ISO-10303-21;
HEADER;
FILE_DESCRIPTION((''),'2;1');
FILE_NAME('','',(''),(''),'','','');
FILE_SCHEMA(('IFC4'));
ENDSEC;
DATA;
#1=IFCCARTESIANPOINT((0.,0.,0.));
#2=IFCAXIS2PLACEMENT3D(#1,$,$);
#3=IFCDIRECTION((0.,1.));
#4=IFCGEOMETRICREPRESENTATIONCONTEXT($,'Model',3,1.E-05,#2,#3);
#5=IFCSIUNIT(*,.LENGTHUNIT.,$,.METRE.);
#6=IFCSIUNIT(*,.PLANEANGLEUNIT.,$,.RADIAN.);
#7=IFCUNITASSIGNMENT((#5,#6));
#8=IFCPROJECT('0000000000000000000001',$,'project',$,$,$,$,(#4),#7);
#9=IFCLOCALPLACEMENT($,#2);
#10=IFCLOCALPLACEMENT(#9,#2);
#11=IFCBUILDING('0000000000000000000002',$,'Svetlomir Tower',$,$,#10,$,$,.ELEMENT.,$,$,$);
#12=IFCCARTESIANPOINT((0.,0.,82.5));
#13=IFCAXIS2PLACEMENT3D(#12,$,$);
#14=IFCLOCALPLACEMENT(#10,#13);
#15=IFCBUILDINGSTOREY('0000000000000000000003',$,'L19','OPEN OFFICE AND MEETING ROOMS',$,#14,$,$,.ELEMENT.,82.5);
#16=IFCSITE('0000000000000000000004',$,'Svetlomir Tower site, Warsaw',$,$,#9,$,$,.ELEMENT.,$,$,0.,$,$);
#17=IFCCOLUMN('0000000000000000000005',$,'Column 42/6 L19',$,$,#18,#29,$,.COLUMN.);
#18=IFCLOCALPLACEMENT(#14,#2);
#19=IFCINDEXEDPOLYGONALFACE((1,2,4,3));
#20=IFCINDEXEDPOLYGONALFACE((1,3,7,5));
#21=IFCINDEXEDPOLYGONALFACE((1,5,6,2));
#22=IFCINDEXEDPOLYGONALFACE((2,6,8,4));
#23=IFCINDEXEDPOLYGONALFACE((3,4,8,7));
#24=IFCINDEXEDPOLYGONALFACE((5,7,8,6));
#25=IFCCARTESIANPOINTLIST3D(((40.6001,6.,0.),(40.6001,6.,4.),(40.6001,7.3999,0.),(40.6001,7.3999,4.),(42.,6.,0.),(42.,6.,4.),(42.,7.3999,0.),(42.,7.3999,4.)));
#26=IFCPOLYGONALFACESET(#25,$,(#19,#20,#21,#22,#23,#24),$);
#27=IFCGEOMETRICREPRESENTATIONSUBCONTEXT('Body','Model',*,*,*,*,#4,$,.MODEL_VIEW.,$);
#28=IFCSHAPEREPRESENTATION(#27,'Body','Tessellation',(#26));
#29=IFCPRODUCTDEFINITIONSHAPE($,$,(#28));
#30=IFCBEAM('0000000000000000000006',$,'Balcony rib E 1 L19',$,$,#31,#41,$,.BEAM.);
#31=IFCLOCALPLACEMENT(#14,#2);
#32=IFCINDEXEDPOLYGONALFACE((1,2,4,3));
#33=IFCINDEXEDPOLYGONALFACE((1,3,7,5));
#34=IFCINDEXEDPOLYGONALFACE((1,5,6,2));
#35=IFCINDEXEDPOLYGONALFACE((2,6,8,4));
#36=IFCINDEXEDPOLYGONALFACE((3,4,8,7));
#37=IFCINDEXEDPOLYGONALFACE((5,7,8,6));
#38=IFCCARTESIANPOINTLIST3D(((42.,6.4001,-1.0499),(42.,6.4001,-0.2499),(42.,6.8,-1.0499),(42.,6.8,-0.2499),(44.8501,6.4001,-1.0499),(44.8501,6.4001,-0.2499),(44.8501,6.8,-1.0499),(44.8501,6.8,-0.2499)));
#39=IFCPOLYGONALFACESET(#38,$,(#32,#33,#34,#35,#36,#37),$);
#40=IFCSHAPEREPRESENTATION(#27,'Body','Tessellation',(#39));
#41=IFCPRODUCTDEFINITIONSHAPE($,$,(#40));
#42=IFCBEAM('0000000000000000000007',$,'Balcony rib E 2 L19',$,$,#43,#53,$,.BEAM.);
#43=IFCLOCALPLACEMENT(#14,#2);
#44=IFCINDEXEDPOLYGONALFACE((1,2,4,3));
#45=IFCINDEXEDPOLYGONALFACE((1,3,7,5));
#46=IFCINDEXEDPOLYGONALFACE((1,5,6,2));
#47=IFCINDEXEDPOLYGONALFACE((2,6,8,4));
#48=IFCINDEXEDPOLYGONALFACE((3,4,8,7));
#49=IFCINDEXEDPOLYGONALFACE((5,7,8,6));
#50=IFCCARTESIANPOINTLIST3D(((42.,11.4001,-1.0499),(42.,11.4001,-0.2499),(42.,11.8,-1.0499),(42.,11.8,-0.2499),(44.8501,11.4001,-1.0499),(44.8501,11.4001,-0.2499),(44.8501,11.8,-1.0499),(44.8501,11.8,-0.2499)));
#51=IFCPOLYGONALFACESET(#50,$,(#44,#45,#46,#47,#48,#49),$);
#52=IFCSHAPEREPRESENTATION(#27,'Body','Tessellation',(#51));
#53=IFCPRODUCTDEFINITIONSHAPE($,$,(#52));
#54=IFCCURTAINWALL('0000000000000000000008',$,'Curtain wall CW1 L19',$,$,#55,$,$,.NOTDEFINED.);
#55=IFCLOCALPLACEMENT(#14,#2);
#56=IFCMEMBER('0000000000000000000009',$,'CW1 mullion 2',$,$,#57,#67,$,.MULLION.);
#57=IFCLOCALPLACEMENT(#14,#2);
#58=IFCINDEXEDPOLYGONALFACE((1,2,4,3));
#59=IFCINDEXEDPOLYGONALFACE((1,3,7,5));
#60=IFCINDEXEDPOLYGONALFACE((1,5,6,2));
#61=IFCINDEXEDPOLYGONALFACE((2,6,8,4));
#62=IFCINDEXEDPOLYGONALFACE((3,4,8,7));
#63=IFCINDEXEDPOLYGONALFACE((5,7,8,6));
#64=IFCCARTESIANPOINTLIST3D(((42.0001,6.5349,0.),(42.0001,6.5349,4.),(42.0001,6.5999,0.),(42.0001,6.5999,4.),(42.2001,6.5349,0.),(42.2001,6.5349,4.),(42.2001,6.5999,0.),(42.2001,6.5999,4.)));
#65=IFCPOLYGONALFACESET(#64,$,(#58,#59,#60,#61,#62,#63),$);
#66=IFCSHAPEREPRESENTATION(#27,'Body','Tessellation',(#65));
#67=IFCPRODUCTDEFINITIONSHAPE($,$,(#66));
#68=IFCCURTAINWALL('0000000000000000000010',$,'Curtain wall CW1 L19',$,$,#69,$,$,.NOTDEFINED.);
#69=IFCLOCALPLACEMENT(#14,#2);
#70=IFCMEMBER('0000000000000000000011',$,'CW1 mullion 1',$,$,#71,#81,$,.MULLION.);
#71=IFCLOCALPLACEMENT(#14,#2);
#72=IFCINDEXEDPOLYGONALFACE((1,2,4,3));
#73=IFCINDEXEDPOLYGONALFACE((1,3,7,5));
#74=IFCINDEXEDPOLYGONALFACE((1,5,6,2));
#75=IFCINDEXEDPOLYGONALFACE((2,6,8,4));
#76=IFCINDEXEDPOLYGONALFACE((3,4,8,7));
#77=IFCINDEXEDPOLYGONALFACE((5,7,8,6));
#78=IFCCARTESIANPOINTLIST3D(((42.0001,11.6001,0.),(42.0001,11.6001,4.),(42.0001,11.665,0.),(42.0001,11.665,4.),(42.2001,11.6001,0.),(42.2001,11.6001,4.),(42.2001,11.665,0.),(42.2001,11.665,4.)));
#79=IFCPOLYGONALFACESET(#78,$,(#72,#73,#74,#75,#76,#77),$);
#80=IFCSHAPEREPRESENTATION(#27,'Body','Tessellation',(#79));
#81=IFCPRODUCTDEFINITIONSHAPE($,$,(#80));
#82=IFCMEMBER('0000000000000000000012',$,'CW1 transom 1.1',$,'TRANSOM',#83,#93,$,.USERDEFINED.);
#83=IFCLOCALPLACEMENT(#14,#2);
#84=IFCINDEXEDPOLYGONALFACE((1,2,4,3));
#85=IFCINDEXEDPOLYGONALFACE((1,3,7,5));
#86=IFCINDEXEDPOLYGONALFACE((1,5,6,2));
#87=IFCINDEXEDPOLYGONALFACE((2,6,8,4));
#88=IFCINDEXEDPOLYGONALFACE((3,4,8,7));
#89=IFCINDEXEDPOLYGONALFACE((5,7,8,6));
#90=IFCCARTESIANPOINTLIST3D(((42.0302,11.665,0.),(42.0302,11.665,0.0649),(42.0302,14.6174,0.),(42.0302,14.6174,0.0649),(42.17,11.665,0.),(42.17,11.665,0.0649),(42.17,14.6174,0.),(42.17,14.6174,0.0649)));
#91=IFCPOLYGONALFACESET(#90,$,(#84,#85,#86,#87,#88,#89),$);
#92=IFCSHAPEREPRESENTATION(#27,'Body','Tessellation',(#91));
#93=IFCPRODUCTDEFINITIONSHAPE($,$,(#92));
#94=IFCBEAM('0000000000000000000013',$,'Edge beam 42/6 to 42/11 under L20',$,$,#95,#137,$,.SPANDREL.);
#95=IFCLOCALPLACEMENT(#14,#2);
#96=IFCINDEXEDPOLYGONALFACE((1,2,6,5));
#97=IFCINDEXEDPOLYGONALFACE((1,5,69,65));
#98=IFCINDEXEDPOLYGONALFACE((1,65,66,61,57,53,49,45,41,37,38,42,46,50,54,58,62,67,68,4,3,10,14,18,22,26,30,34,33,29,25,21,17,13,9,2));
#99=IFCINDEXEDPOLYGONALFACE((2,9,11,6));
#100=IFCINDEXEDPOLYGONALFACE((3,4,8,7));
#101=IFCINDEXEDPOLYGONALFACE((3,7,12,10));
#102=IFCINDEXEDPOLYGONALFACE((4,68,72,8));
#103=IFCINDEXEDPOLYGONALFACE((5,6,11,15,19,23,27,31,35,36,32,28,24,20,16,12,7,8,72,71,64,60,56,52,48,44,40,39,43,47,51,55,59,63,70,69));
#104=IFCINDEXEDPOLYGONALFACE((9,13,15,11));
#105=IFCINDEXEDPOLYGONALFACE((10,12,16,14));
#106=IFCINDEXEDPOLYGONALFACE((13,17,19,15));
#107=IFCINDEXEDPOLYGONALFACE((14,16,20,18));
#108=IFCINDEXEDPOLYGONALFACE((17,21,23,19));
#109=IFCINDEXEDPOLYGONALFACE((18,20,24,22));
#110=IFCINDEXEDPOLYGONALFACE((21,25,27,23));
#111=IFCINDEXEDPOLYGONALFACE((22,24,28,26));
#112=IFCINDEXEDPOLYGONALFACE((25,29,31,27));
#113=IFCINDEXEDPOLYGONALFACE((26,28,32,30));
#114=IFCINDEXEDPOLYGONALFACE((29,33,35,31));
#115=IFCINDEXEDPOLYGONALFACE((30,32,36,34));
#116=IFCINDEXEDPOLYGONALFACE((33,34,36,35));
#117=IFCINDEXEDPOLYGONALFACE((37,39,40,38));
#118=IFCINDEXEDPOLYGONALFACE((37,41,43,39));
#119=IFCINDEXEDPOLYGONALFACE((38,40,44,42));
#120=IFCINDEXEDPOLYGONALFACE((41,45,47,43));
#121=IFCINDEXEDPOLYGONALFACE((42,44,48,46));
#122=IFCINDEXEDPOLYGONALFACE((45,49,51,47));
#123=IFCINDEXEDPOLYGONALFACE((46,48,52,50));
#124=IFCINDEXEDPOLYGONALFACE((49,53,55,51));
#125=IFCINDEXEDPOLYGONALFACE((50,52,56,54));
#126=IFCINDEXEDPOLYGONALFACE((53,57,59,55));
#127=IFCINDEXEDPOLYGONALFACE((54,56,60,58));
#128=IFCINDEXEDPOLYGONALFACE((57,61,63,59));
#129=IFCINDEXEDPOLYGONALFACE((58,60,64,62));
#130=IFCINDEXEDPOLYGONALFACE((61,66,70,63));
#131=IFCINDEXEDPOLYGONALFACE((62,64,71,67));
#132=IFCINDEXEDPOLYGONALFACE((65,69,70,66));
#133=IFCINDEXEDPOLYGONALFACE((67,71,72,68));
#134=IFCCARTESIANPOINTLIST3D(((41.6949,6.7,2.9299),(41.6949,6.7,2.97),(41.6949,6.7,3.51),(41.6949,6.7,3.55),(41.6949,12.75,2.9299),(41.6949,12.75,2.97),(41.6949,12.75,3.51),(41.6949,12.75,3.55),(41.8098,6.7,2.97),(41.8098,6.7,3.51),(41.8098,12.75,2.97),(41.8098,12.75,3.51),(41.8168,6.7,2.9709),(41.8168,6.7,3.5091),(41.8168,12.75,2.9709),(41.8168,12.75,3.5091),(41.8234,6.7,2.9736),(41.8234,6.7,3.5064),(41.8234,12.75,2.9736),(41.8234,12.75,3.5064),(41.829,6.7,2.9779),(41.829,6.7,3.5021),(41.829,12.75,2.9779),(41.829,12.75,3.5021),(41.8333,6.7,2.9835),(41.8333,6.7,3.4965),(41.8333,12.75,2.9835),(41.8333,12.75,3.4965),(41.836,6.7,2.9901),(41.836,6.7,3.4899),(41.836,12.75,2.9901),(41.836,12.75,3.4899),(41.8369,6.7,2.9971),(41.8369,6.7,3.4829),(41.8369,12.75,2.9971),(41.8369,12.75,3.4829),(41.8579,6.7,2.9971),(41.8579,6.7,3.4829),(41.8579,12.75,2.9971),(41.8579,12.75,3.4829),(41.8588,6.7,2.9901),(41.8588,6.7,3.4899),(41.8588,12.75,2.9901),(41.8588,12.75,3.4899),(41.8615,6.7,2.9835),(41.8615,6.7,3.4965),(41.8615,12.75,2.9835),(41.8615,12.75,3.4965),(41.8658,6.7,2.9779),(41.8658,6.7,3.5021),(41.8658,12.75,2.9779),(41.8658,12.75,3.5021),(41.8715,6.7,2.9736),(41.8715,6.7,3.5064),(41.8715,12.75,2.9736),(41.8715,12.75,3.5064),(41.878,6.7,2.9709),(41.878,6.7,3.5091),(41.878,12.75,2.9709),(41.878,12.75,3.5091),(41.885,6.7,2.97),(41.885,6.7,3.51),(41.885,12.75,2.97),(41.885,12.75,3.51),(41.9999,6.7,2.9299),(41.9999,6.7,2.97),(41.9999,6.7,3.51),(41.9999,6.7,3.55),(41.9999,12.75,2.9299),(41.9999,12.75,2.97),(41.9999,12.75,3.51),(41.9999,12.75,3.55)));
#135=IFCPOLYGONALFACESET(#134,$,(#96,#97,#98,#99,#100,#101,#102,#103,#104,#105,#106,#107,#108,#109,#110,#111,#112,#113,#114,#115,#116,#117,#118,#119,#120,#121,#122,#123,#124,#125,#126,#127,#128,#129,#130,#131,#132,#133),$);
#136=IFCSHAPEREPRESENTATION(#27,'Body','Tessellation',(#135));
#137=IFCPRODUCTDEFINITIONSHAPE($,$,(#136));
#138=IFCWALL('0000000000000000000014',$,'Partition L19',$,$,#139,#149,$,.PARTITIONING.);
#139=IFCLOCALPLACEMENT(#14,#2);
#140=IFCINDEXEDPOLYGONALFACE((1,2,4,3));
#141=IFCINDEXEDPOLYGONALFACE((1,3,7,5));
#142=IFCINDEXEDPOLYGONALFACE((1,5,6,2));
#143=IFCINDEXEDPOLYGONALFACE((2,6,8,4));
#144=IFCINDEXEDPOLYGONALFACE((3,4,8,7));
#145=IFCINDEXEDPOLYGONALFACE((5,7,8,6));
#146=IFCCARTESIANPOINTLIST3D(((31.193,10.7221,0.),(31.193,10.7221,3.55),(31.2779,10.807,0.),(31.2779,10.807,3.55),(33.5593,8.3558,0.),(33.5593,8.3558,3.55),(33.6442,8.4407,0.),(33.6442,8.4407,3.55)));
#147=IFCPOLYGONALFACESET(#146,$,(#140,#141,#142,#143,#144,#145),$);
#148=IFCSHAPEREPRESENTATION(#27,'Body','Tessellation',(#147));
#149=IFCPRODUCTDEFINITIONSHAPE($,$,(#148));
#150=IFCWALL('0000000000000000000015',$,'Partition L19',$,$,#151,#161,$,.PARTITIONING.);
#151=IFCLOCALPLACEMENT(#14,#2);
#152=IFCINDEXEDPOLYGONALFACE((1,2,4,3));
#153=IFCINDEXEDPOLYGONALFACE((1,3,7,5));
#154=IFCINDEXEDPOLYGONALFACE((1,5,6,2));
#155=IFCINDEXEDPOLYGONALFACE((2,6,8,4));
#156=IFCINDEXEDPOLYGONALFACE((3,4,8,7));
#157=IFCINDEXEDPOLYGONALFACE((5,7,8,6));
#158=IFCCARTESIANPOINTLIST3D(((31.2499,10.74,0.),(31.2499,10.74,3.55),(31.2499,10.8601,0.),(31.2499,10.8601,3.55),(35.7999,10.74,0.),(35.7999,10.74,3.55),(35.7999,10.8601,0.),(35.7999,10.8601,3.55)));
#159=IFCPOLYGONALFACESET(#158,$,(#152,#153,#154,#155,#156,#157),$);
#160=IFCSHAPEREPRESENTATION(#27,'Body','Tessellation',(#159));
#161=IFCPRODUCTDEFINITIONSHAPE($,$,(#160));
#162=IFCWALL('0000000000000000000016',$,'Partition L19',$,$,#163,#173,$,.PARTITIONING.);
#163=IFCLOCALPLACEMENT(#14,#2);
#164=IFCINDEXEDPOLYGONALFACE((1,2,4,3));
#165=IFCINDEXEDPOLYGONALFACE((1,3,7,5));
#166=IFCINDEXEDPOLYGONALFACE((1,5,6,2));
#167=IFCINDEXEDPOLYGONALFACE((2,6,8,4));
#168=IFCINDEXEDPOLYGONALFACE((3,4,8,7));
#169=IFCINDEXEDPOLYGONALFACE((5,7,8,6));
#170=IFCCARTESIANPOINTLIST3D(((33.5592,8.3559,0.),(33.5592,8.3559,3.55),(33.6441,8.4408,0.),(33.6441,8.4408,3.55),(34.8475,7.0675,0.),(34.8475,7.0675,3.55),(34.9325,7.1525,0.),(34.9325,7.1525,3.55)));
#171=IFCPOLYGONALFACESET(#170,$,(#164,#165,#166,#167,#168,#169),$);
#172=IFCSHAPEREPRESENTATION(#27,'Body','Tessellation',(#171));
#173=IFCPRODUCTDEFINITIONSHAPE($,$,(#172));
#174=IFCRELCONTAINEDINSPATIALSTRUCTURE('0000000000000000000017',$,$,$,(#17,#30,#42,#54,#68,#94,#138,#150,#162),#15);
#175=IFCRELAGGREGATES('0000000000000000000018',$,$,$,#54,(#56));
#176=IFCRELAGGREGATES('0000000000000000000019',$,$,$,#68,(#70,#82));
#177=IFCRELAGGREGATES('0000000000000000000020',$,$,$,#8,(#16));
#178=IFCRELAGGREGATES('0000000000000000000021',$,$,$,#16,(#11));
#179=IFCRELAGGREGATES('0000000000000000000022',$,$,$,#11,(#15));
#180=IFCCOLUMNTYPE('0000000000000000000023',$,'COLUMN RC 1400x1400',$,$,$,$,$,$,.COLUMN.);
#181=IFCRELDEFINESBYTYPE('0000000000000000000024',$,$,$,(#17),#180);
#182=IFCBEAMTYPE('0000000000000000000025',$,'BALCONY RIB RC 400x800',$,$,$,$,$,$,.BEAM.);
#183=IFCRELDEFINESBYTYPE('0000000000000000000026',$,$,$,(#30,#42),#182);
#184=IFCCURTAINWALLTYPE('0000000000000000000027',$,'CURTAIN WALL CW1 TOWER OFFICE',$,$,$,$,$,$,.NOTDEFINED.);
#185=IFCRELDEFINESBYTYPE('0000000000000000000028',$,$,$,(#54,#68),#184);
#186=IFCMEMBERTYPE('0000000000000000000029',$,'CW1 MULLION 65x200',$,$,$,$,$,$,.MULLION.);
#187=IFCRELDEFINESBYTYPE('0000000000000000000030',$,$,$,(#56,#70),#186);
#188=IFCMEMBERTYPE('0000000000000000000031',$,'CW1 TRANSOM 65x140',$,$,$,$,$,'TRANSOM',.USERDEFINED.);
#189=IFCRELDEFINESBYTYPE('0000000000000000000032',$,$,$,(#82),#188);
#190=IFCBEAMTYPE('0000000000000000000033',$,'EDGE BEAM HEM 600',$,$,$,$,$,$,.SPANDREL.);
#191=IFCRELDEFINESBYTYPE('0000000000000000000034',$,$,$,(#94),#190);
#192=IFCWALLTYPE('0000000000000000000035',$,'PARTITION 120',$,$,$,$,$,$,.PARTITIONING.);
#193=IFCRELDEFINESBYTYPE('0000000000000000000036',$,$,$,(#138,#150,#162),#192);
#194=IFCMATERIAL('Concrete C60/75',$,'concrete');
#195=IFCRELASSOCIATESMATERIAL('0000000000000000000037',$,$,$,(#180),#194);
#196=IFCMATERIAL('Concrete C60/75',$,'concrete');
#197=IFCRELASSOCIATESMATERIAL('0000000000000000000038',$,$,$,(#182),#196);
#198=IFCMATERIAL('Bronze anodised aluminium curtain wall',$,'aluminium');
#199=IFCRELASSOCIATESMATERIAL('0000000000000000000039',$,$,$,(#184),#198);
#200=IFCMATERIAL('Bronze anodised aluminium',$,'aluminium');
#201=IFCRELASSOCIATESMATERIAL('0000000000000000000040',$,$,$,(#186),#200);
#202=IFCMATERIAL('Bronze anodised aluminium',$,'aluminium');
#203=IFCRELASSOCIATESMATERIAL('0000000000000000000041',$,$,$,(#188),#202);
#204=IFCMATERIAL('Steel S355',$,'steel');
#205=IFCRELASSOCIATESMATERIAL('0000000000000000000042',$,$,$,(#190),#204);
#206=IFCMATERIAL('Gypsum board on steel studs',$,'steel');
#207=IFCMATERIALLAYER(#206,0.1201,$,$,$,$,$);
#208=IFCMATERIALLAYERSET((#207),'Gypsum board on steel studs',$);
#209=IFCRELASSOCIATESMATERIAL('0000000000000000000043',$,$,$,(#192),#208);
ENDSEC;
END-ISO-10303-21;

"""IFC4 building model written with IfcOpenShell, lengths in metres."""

from ifc_helpers import new_model, si_unit, direction, frame, frame_2d, origin, origin_2d, place, context, subcontext, project, spatial, rectangle, i_section, extrude, material, layer, layer_set, material_profile, profile_set, type_object, element, aggregate, save


model = new_model("IFC4")

# Units and contexts
model_context = context("Model", 3, precision=1e-05, world=origin(), true_north=direction((0.0, 1.0)))
body_context = subcontext(model_context, "Body", "Model", "MODEL_VIEW")
ifc_project = project(units=[si_unit("LENGTHUNIT", "METRE"), si_unit("PLANEANGLEUNIT", "RADIAN")], contexts=[model_context])

# Site, building, storey
site_placement = place(None, origin())
site = spatial("IfcSite", under=ifc_project, at=site_placement, Name="Svetlomir Tower site, Warsaw", CompositionType="ELEMENT", RefElevation=0.0)
building_placement = place(site_placement, origin())
building = spatial("IfcBuilding", under=site, at=building_placement, Name="Svetlomir Tower", CompositionType="ELEMENT")
storey_placement = place(building_placement, frame((0.0, 0.0, 82.5)))
storey = spatial("IfcBuildingStorey", under=building, at=storey_placement, Name="L19", Description="OPEN OFFICE AND MEETING ROOMS", CompositionType="ELEMENT", Elevation=82.5)

# Column
ifc_material_1 = material(Name="Concrete C60/75", Category="concrete")
ifc_material_profile_1 = material_profile(ifc_material_1, rectangle(XDim=1.3999, YDim=1.3999, at=origin_2d()), Name="RC 1400x1400")
ifc_profile_set_1 = profile_set([ifc_material_profile_1], Name="Concrete C60/75")
column_type = type_object("IfcColumnType", Name="COLUMN RC 1400x1400", PredefinedType="COLUMN", material=ifc_profile_set_1)
column_placement = place(storey_placement, frame((41.3, 6.7, 0.0), z_axis=(0.0, 0.0, 1.0), x_axis=(1.0, 0.0, 0.0)))
element("IfcColumn", 1, at=column_placement, inside=storey, type_object=column_type, Name="Column 42/6 L19", PredefinedType="COLUMN", context=body_context, shape_type="SweptSolid", body=[
    extrude(rectangle(XDim=1.3999, YDim=1.3999, at=origin_2d()), origin(), (0.0, 0.0, 1.0), 4.0),
])

# Beams
ifc_material_2 = material(Name="Concrete C60/75", Category="concrete")
ifc_material_profile_2 = material_profile(ifc_material_2, rectangle(XDim=0.3999, YDim=0.8, at=origin_2d()), Name="RC 400x800")
ifc_profile_set_2 = profile_set([ifc_material_profile_2], Name="Concrete C60/75")
beam_type_1 = type_object("IfcBeamType", Name="BALCONY RIB RC 400x800", PredefinedType="BEAM", material=ifc_profile_set_2)
for number, where, z_axis, x_axis, name in (
    (2, (42.0, 6.6001, -0.6499), (1.0, 0.0, 0.0), (0.0, 1.0, 0.0), "Balcony rib E 1 L19"),
    (3, (42.0, 11.6001, -0.6499), (1.0, 0.0, 0.0), (0.0, 1.0, 0.0), "Balcony rib E 2 L19"),
):
    element("IfcBeam", number, at=place(storey_placement, frame(where, z_axis=z_axis, x_axis=x_axis)), inside=storey, type_object=beam_type_1, Name=name, PredefinedType="BEAM", context=body_context, shape_type="SweptSolid", body=[
        extrude(rectangle(XDim=0.3999, YDim=0.8, at=origin_2d()), origin(), (0.0, 0.0, 1.0), 2.8501),
    ])

# Curtain wall, member
ifc_material_3 = material(Name="Bronze anodised aluminium curtain wall", Category="aluminium")
curtain_wall_type = type_object("IfcCurtainWallType", Name="CURTAIN WALL CW1 TOWER OFFICE", PredefinedType="NOTDEFINED", material=ifc_material_3)
curtain_wall_1_placement = place(storey_placement, origin())
curtain_wall_1 = element("IfcCurtainWall", 4, at=curtain_wall_1_placement, inside=storey, type_object=curtain_wall_type, Name="Curtain wall CW1 L19", PredefinedType="NOTDEFINED")
ifc_material_4 = material(Name="Bronze anodised aluminium", Category="aluminium")
ifc_material_profile_3 = material_profile(ifc_material_4, rectangle(XDim=0.0649, YDim=0.2, at=origin_2d()), Name="AL 65x200")
ifc_profile_set_3 = profile_set([ifc_material_profile_3], Name="Bronze anodised aluminium 6063-T6")
member_type_1 = type_object("IfcMemberType", Name="CW1 MULLION 65x200", PredefinedType="MULLION", material=ifc_profile_set_3)
member_1_placement = place(storey_placement, frame((42.1001, 6.5674, 0.0), z_axis=(0.0, 0.0, 1.0), x_axis=(0.0, 1.0, 0.0)))
member_1 = element("IfcMember", 5, at=member_1_placement, type_object=member_type_1, Name="CW1 mullion 2", PredefinedType="MULLION", context=body_context, shape_type="SweptSolid", body=[
    extrude(rectangle(XDim=0.0649, YDim=0.2, at=origin_2d()), origin(), (0.0, 0.0, 1.0), 4.0),
])
aggregate(curtain_wall_1, [member_1])

# Curtain wall, members
curtain_wall_2_placement = place(storey_placement, origin())
curtain_wall_2 = element("IfcCurtainWall", 6, at=curtain_wall_2_placement, inside=storey, type_object=curtain_wall_type, Name="Curtain wall CW1 L19", PredefinedType="NOTDEFINED")
member_2_placement = place(storey_placement, frame((42.1001, 11.6326, 0.0), z_axis=(0.0, 0.0, 1.0), x_axis=(0.0, 1.0, 0.0)))
member_2 = element("IfcMember", 7, at=member_2_placement, type_object=member_type_1, Name="CW1 mullion 1", PredefinedType="MULLION", context=body_context, shape_type="SweptSolid", body=[
    extrude(rectangle(XDim=0.0649, YDim=0.2, at=origin_2d()), origin(), (0.0, 0.0, 1.0), 4.0),
])
ifc_material_5 = material(Name="Bronze anodised aluminium", Category="aluminium")
ifc_material_profile_4 = material_profile(ifc_material_5, rectangle(XDim=0.1399, YDim=0.0649, at=origin_2d()), Name="AL 140x65")
ifc_profile_set_4 = profile_set([ifc_material_profile_4], Name="Bronze anodised aluminium 6063-T6")
member_type_2 = type_object("IfcMemberType", Name="CW1 TRANSOM 65x140", ElementType="TRANSOM", PredefinedType="USERDEFINED", material=ifc_profile_set_4)
member_3_placement = place(storey_placement, frame((42.1001, 11.665, 0.0325), z_axis=(0.0, 1.0, 0.0), x_axis=(-1.0, 0.0, 0.0)))
member_3 = element("IfcMember", 8, at=member_3_placement, type_object=member_type_2, Name="CW1 transom 1.1", ObjectType="TRANSOM", PredefinedType="USERDEFINED", context=body_context, shape_type="SweptSolid", body=[
    extrude(rectangle(XDim=0.1399, YDim=0.0649, at=origin_2d()), origin(), (0.0, 0.0, 1.0), 2.9524),
])
aggregate(curtain_wall_2, [member_2, member_3])

# Beam
ifc_material_6 = material(Name="Steel S355", Category="steel")
ifc_material_profile_5 = material_profile(ifc_material_6, i_section(OverallWidth=0.3049, OverallDepth=0.6201, WebThickness=0.021, FlangeThickness=0.04, FilletRadius=0.0271, at=origin_2d()), Name="HEM 600")
ifc_profile_set_5 = profile_set([ifc_material_profile_5], Name="Steel S355")
beam_type_2 = type_object("IfcBeamType", Name="EDGE BEAM HEM 600", PredefinedType="SPANDREL", material=ifc_profile_set_5)
beam_placement = place(storey_placement, frame((41.8474, 6.7, 3.24), z_axis=(0.0, 1.0, 0.0), x_axis=(-1.0, 0.0, 0.0)))
element("IfcBeam", 9, at=beam_placement, inside=storey, type_object=beam_type_2, Name="Edge beam 42/6 to 42/11 under L20", PredefinedType="SPANDREL", context=body_context, shape_type="SweptSolid", body=[
    extrude(i_section(OverallWidth=0.3049, OverallDepth=0.6201, WebThickness=0.021, FlangeThickness=0.04, FilletRadius=0.0271, at=origin_2d()), origin(), (0.0, 0.0, 1.0), 6.05),
])

# Walls
ifc_material_7 = material(Name="Gypsum board on steel studs", Category="steel")
ifc_layer_1 = layer(ifc_material_7, 0.1201)
ifc_layer_set_1 = layer_set([ifc_layer_1], Name="Gypsum board on steel studs")
wall_type_1 = type_object("IfcWallType", Name="PARTITION 120", PredefinedType="PARTITIONING", material=ifc_layer_set_1)
wall_1_placement = place(storey_placement, frame((31.2354, 10.7646, 0.0), z_axis=(0.0, 0.0, 1.0), x_axis=(0.707107, -0.707107, 0.0)))
element("IfcWall", 10, at=wall_1_placement, inside=storey, type_object=wall_type_1, Name="Partition L19", PredefinedType="PARTITIONING", context=body_context, shape_type="SweptSolid", body=[
    extrude(rectangle(XDim=3.3464, YDim=0.1201, at=frame_2d((1.6733, 0.0))), origin(), (0.0, 0.0, 1.0), 3.55),
])
wall_2_placement = place(storey_placement, frame((31.25, 10.8, 0.0), z_axis=(0.0, 0.0, 1.0), x_axis=(1.0, 0.0, 0.0)))
element("IfcWall", 11, at=wall_2_placement, inside=storey, type_object=wall_type_1, Name="Partition L19", PredefinedType="PARTITIONING", context=body_context, shape_type="SweptSolid", body=[
    extrude(rectangle(XDim=4.55, YDim=0.1201, at=frame_2d((2.2749, 0.0))), origin(), (0.0, 0.0, 1.0), 3.55),
])
wall_3_placement = place(storey_placement, frame((33.6016, 8.3984, 0.0), z_axis=(0.0, 0.0, 1.0), x_axis=(0.707107, -0.707107, 0.0)))
element("IfcWall", 12, at=wall_3_placement, inside=storey, type_object=wall_type_1, Name="Partition L19", PredefinedType="PARTITIONING", context=body_context, shape_type="SweptSolid", body=[
    extrude(rectangle(XDim=1.822, YDim=0.1201, at=frame_2d((0.9111, 0.0))), origin(), (0.0, 0.0, 1.0), 3.55),
])

save(model, "model.ifc")
